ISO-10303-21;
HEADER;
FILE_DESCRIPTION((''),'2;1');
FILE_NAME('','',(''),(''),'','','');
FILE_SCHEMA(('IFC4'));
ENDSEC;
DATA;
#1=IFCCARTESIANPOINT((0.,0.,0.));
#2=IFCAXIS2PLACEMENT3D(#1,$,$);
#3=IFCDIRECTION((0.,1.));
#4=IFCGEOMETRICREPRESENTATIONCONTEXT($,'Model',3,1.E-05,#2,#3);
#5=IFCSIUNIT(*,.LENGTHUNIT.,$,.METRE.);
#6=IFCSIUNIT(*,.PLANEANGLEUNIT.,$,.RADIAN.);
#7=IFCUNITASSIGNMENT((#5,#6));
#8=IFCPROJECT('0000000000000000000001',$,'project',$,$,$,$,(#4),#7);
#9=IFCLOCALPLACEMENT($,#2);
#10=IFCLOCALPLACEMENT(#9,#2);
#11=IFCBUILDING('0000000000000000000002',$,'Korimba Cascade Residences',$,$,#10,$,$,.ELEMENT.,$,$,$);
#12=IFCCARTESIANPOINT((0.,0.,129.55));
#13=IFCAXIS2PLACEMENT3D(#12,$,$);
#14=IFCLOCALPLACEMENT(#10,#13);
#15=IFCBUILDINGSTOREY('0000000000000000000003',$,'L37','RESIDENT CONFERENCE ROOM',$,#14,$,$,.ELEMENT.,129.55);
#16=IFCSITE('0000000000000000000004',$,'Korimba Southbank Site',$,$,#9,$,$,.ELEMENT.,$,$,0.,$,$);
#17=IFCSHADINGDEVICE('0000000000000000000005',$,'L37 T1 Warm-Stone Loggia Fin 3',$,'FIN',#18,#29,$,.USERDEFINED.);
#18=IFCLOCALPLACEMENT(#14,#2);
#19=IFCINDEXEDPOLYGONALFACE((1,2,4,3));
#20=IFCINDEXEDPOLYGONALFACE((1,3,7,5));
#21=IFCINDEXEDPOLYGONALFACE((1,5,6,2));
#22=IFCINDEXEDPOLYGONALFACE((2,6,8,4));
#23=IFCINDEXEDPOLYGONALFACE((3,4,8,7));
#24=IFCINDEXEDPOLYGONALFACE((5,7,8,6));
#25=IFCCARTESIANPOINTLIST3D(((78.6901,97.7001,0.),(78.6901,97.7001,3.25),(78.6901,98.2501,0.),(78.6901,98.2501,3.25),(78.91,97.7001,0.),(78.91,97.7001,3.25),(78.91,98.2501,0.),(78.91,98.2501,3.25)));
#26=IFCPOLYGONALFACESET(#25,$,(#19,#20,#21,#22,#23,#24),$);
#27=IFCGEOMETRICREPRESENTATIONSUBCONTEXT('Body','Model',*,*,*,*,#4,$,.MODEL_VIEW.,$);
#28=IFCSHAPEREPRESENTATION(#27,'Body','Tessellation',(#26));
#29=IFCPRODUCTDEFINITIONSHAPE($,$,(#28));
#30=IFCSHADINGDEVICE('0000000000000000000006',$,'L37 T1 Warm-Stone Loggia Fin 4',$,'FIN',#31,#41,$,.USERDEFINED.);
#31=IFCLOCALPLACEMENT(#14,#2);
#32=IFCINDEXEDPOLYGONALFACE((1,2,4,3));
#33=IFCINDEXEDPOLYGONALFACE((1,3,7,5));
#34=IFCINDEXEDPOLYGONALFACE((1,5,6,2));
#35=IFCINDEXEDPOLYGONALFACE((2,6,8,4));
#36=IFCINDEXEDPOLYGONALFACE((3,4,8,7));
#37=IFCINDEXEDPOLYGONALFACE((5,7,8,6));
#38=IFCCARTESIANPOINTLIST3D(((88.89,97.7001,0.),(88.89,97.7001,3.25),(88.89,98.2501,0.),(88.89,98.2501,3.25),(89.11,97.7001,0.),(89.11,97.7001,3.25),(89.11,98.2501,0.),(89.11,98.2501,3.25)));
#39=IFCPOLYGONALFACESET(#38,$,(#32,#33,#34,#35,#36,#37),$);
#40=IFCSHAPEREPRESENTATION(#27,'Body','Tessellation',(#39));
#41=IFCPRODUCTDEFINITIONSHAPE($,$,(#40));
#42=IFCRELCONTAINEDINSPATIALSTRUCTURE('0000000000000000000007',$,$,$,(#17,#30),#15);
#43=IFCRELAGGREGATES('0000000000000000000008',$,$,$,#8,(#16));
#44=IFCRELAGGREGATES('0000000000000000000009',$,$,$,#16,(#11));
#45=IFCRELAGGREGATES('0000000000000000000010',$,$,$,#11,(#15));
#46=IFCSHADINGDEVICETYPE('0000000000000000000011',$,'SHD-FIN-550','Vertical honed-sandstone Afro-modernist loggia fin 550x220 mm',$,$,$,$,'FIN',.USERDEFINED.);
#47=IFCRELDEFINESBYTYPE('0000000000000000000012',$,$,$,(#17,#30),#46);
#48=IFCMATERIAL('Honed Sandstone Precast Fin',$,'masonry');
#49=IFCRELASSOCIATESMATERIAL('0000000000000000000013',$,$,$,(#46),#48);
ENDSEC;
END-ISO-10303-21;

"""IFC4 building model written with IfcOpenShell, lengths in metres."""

from ifc_helpers import new_model, si_unit, direction, frame, origin, origin_2d, place, context, subcontext, project, spatial, rectangle, extrude, material, type_object, element, save


model = new_model("IFC4")

# Units and contexts
model_context = context("Model", 3, precision=1e-05, world=origin(), true_north=direction((0.0, 1.0)))
body_context = subcontext(model_context, "Body", "Model", "MODEL_VIEW")
ifc_project = project(units=[si_unit("LENGTHUNIT", "METRE"), si_unit("PLANEANGLEUNIT", "RADIAN")], contexts=[model_context])

# Site, building, storey
site_placement = place(None, origin())
site = spatial("IfcSite", under=ifc_project, at=site_placement, Name="Korimba Southbank Site", CompositionType="ELEMENT", RefElevation=0.0)
building_placement = place(site_placement, origin())
building = spatial("IfcBuilding", under=site, at=building_placement, Name="Korimba Cascade Residences", CompositionType="ELEMENT")
storey_placement = place(building_placement, frame((0.0, 0.0, 129.55)))
storey = spatial("IfcBuildingStorey", under=building, at=storey_placement, Name="L37", Description="RESIDENT CONFERENCE ROOM", CompositionType="ELEMENT", Elevation=129.55)

# Shading devices
ifc_material_1 = material(Name="Honed Sandstone Precast Fin", Category="masonry")
shading_device_type = type_object("IfcShadingDeviceType", Name="SHD-FIN-550", Description="Vertical honed-sandstone Afro-modernist loggia fin 550x220 mm", ElementType="FIN", PredefinedType="USERDEFINED", material=ifc_material_1)
for number, where, z_axis, x_axis, name in (
    (1, (78.8, 97.9751, 0.0), (0.0, 0.0, 1.0), (1.0, 0.0, 0.0), "L37 T1 Warm-Stone Loggia Fin 3"),
    (2, (89.0, 97.9751, 0.0), (0.0, 0.0, 1.0), (1.0, 0.0, 0.0), "L37 T1 Warm-Stone Loggia Fin 4"),
):
    element("IfcShadingDevice", number, at=place(storey_placement, frame(where, z_axis=z_axis, x_axis=x_axis)), inside=storey, type_object=shading_device_type, Name=name, ObjectType="FIN", PredefinedType="USERDEFINED", context=body_context, shape_type="SweptSolid", body=[
        extrude(rectangle(XDim=0.22, YDim=0.55, at=origin_2d()), origin(), (0.0, 0.0, 1.0), 3.25),
    ])

save(model, "model.ifc")
